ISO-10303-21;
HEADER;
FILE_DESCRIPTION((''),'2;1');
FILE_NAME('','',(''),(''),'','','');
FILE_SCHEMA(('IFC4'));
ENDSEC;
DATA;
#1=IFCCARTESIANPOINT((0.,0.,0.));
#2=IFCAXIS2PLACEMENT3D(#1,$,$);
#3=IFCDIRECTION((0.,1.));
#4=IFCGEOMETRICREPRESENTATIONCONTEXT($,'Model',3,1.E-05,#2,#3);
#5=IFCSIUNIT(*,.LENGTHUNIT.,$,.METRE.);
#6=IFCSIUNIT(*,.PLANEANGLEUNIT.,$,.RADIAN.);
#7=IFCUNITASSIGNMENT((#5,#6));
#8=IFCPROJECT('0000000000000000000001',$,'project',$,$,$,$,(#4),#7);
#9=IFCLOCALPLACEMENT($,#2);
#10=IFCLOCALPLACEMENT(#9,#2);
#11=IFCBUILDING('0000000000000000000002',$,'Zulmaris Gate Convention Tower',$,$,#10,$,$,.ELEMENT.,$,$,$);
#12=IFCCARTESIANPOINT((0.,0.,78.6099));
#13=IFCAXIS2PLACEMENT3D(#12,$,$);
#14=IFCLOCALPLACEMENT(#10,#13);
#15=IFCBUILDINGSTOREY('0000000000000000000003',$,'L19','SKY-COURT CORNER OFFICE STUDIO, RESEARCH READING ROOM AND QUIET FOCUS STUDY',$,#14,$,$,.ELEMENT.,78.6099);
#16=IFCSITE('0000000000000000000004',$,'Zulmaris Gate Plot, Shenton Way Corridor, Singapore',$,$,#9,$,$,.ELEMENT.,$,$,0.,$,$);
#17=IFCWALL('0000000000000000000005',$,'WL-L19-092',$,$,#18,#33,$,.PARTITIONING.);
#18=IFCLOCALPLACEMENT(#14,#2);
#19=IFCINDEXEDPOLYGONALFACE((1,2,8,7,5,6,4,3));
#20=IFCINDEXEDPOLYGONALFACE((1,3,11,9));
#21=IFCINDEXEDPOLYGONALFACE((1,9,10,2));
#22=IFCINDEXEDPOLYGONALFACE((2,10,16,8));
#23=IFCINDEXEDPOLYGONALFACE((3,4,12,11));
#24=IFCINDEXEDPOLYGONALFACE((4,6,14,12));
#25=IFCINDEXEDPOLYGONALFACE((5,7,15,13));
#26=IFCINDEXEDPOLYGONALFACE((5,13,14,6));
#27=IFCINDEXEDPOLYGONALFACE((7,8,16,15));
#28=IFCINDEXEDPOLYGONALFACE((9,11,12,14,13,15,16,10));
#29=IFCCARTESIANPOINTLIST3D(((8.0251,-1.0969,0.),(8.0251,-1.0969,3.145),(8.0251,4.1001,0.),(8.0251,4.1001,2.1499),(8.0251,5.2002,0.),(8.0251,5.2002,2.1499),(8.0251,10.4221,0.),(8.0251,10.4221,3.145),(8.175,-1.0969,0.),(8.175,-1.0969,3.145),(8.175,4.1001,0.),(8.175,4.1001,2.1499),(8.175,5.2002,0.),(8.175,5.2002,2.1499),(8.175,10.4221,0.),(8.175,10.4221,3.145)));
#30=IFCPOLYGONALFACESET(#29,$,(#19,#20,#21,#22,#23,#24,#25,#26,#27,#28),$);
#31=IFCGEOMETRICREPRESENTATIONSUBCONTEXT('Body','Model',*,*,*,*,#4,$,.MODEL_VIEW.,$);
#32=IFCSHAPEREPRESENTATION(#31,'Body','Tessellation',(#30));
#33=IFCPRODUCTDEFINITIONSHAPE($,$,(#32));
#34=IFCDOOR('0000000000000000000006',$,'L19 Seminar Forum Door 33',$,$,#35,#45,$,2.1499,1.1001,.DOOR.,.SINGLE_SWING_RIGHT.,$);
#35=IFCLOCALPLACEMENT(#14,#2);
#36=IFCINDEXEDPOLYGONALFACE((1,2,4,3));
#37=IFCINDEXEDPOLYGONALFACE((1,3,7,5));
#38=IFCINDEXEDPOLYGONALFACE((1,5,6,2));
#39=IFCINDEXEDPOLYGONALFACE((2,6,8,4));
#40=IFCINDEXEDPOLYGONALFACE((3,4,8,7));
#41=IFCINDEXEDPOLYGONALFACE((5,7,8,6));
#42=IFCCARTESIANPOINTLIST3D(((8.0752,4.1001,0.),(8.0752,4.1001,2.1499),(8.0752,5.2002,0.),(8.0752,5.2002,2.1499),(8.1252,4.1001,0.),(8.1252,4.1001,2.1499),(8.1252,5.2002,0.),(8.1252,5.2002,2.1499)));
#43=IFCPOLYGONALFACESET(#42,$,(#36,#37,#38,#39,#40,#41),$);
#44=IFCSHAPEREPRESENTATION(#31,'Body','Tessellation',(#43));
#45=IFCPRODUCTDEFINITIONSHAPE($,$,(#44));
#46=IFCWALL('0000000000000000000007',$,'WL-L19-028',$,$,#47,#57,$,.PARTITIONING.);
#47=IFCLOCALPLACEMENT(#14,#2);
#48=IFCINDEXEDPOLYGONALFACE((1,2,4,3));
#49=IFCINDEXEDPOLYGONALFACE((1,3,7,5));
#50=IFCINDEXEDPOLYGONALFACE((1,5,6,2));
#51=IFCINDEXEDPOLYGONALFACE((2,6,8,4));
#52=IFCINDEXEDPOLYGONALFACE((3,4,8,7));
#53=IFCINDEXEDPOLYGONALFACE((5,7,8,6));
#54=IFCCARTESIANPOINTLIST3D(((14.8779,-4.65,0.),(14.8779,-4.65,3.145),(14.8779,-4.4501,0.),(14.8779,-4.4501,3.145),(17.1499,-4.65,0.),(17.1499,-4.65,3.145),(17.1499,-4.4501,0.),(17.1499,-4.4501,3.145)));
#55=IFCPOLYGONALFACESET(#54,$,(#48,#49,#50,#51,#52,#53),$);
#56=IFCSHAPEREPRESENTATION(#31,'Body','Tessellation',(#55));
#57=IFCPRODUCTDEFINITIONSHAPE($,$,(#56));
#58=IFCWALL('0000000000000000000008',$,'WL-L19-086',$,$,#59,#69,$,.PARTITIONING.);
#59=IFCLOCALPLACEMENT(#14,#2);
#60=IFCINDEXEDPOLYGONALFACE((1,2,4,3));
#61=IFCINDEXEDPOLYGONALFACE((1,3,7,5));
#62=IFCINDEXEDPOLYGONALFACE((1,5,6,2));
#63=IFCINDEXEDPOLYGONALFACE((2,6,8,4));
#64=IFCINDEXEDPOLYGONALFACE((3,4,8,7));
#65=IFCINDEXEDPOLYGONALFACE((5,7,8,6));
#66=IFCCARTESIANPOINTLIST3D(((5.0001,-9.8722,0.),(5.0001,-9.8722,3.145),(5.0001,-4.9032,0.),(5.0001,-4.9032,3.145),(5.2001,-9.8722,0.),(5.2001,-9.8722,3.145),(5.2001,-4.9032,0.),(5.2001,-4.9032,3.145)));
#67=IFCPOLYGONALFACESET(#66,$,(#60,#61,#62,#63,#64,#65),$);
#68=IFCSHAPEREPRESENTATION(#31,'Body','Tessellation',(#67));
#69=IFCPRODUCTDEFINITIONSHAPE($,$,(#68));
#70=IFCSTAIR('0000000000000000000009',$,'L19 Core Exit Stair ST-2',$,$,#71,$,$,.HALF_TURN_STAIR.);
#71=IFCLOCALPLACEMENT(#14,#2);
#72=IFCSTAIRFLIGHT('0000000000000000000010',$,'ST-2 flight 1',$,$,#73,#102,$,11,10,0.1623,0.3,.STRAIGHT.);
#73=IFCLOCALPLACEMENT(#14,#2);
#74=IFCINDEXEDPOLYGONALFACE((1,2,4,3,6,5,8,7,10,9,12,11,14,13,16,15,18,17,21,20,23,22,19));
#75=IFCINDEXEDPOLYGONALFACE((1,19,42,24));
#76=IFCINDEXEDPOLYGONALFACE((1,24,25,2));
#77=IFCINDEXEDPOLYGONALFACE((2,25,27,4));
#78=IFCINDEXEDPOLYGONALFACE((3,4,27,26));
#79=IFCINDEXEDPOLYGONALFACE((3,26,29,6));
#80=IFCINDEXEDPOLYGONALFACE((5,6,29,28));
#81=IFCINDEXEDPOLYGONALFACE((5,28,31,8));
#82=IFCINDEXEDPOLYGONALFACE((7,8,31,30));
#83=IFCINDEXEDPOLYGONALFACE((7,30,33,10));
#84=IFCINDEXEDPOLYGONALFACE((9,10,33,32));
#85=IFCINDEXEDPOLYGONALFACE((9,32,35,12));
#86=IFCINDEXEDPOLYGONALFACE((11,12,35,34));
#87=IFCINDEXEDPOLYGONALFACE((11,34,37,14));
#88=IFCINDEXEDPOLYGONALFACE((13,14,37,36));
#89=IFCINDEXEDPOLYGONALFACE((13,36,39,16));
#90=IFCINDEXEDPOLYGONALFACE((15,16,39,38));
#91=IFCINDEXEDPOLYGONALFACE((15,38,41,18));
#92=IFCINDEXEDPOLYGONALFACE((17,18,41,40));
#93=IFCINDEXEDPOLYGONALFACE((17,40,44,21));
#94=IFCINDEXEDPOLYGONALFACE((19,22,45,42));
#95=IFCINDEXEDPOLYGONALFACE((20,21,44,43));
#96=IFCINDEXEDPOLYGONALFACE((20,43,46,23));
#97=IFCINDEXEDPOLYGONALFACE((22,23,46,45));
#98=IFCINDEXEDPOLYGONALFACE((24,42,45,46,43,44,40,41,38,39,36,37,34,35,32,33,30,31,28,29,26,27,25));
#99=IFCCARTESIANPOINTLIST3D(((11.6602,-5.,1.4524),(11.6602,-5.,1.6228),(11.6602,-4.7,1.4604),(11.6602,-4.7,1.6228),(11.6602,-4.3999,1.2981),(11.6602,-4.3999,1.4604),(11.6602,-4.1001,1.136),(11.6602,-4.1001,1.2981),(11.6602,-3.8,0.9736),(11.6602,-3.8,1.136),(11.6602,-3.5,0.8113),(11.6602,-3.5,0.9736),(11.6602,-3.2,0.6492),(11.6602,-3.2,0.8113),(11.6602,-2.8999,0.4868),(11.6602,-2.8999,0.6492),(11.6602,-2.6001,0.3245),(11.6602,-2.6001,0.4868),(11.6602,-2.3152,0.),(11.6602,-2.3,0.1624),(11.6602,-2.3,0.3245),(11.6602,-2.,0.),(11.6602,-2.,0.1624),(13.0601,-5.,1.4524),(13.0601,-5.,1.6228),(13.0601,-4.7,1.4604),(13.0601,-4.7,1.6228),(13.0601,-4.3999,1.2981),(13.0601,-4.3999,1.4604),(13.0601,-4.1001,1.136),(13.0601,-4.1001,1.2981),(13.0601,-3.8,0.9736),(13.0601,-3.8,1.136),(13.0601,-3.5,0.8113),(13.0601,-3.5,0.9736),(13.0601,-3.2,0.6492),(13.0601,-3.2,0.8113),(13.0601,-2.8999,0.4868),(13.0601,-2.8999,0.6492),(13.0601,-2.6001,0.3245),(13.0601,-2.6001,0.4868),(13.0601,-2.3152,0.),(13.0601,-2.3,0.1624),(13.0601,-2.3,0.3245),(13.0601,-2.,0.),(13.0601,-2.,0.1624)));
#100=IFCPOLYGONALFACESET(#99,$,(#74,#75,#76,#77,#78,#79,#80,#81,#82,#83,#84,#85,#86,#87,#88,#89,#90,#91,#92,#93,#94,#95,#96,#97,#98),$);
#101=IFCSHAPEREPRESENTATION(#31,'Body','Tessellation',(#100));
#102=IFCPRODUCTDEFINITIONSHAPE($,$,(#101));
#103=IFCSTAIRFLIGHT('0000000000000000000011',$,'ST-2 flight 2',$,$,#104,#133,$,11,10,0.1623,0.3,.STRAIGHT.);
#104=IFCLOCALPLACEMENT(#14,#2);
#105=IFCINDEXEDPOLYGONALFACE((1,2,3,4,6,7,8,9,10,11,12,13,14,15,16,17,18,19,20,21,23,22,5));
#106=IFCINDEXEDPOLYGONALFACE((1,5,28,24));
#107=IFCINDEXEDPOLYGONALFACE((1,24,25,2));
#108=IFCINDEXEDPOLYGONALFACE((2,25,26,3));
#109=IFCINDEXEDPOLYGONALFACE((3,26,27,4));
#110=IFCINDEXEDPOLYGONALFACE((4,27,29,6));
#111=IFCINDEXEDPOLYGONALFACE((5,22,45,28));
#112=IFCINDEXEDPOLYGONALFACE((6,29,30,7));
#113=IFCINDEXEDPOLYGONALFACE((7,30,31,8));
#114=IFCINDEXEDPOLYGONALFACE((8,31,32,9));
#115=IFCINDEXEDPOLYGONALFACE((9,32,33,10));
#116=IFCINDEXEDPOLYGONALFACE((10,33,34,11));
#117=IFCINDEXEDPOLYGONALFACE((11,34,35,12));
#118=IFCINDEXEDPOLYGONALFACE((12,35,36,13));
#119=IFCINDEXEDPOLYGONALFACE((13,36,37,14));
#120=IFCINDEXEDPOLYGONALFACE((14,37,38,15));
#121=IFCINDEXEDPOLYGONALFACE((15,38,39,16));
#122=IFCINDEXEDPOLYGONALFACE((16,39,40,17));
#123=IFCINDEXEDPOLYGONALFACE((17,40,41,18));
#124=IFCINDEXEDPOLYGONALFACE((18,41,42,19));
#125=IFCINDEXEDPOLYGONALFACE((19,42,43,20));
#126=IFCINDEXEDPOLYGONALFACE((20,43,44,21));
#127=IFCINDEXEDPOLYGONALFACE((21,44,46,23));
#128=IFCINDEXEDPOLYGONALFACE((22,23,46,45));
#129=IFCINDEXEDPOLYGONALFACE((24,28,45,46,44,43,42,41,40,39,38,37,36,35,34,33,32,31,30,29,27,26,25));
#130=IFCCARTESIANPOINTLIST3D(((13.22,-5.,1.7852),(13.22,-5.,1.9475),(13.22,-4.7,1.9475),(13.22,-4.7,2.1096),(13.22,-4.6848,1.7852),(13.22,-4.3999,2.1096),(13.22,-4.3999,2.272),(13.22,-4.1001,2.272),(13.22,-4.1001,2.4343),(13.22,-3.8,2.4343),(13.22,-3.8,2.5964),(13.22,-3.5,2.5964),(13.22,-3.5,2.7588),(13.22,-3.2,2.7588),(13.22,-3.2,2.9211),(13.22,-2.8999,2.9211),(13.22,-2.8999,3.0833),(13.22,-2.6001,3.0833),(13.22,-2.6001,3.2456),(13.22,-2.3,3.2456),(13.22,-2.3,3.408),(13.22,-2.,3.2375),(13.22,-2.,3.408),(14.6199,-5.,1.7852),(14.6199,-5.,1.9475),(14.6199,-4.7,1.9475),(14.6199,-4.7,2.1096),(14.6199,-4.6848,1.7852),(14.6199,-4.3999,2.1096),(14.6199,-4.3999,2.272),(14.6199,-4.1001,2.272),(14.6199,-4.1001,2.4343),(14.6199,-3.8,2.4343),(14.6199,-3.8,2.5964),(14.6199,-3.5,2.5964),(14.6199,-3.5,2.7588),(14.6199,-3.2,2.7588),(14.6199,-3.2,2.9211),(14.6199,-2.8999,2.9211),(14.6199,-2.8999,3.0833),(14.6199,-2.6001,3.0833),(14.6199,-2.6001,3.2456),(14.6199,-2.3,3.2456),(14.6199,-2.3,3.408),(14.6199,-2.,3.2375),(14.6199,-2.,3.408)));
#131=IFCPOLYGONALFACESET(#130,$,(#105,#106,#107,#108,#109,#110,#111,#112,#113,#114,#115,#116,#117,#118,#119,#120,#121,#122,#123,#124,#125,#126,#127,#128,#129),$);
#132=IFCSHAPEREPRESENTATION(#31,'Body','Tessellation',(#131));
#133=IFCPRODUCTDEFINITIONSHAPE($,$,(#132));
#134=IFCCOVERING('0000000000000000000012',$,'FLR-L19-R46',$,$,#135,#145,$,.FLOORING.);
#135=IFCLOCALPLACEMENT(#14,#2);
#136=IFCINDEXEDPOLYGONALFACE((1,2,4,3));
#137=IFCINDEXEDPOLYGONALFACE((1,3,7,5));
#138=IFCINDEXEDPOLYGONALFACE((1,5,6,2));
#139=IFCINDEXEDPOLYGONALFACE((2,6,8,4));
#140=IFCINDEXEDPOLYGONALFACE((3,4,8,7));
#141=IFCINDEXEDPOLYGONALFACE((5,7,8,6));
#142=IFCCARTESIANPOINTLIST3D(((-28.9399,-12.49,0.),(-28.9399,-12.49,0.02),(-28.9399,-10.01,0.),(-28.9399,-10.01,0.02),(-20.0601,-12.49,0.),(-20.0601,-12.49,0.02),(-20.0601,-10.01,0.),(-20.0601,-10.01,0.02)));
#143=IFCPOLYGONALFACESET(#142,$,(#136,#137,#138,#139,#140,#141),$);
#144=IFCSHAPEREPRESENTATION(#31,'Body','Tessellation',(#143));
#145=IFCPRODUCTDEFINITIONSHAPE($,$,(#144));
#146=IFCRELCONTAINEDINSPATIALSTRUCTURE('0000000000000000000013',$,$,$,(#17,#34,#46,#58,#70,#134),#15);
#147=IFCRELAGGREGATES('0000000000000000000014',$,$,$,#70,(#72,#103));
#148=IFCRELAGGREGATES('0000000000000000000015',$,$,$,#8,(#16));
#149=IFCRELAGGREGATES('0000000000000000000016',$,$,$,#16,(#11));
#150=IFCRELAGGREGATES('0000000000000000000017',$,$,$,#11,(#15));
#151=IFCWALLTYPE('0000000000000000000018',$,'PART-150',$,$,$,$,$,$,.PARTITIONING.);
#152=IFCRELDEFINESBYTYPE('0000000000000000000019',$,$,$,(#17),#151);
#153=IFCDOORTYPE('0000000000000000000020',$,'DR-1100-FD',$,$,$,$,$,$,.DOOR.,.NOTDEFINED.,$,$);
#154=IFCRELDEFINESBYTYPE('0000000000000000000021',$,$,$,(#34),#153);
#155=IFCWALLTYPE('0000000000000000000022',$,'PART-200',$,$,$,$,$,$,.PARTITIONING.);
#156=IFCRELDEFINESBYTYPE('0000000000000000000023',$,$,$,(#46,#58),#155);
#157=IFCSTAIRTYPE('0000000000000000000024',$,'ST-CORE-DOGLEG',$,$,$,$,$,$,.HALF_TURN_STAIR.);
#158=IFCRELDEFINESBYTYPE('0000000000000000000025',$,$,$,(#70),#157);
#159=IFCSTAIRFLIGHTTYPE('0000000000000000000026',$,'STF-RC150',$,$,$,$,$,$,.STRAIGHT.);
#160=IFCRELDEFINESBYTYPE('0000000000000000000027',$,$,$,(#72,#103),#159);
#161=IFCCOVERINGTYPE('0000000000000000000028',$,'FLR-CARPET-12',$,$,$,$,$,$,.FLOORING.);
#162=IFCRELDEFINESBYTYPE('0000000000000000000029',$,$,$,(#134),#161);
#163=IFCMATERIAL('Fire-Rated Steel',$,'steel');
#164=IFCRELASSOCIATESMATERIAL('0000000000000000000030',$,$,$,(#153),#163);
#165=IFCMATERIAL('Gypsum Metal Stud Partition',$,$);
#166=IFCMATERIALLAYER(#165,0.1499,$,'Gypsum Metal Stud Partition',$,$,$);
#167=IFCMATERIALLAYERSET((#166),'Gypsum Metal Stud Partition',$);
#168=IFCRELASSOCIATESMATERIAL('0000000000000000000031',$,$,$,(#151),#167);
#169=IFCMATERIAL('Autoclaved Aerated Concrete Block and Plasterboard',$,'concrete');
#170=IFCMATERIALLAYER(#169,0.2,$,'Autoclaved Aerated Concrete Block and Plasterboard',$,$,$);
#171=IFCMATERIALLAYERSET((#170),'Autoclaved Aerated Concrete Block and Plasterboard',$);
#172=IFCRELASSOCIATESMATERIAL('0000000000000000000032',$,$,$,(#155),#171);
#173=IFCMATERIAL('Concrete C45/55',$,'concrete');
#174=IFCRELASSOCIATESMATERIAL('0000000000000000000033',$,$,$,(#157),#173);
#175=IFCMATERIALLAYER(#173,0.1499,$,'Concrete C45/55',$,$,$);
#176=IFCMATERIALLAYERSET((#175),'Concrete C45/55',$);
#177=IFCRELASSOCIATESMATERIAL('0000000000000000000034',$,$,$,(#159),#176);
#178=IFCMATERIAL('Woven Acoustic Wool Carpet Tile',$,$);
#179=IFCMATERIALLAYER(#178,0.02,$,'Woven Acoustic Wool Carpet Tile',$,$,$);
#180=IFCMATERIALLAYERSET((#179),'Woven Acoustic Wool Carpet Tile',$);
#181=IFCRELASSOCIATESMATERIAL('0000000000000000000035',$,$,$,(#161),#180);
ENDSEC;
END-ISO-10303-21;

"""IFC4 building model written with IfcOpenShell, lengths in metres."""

from ifc_helpers import new_model, si_unit, direction, frame, frame_2d, origin, place, context, subcontext, project, spatial, polyline, rectangle, outline, extrude, material, layer, layer_set, type_object, element, fill, aggregate, save


model = new_model("IFC4")

# Units and contexts
model_context = context("Model", 3, precision=1e-05, world=origin(), true_north=direction((0.0, 1.0)))
body_context = subcontext(model_context, "Body", "Model", "MODEL_VIEW")
ifc_project = project(units=[si_unit("LENGTHUNIT", "METRE"), si_unit("PLANEANGLEUNIT", "RADIAN")], contexts=[model_context])

# Site, building, storey
site_placement = place(None, origin())
site = spatial("IfcSite", under=ifc_project, at=site_placement, Name="Zulmaris Gate Plot, Shenton Way Corridor, Singapore", CompositionType="ELEMENT", RefElevation=0.0)
building_placement = place(site_placement, origin())
building = spatial("IfcBuilding", under=site, at=building_placement, Name="Zulmaris Gate Convention Tower", CompositionType="ELEMENT")
storey_placement = place(building_placement, frame((0.0, 0.0, 78.6099)))
storey = spatial("IfcBuildingStorey", under=building, at=storey_placement, Name="L19", Description="SKY-COURT CORNER OFFICE STUDIO, RESEARCH READING ROOM AND QUIET FOCUS STUDY", CompositionType="ELEMENT", Elevation=78.6099)

# Shared definitions
ifc_material_1 = material(Name="Fire-Rated Steel", Category="steel")
door_type_1 = type_object("IfcDoorType", Name="DR-1100-FD", OperationType="NOTDEFINED", PredefinedType="DOOR", material=ifc_material_1)

# Shared definitions
ifc_material_2 = material(Name="Gypsum Metal Stud Partition")
ifc_layer_1 = layer(ifc_material_2, 0.1499, Name="Gypsum Metal Stud Partition")
ifc_layer_set_1 = layer_set([ifc_layer_1], Name="Gypsum Metal Stud Partition")
wall_type_1 = type_object("IfcWallType", Name="PART-150", PredefinedType="PARTITIONING", material=ifc_layer_set_1)

# Wall, opening, door
wall_1_placement = place(storey_placement, frame((8.1001, -1.0969, 0.0), z_axis=(0.0, 0.0, 1.0), x_axis=(0.0, 1.0, 0.0)))
wall_1 = element("IfcWall", 1, at=wall_1_placement, inside=storey, type_object=wall_type_1, Name="WL-L19-092", PredefinedType="PARTITIONING", context=body_context, shape_type="SweptSolid", body=[
    extrude(rectangle(XDim=11.519, YDim=0.1499, at=frame_2d((5.7595, 0.0))), origin(), (0.0, 0.0, 1.0), 3.145),
])
opening_1_placement = place(wall_1_placement, frame((5.197, 0.0, 0.0)))
opening_1 = element("IfcOpeningElement", 2, at=opening_1_placement, cuts=wall_1, PredefinedType="OPENING", context=body_context, shape_type="SweptSolid", body=[
    extrude(rectangle(XDim=1.1001, YDim=2.1499, at=frame_2d((0.55, 1.075))), frame((0.0, 0.085, 0.0), z_axis=(0.0, -1.0, 0.0), x_axis=(1.0, 0.0, 0.0)), (0.0, 0.0, 1.0), 0.1699),
])
door_1_placement = place(opening_1_placement, origin())
door_1 = element("IfcDoor", 3, at=door_1_placement, inside=storey, type_object=door_type_1, Name="L19 Seminar Forum Door 33", OperationType="SINGLE_SWING_RIGHT", OverallHeight=2.1499, OverallWidth=1.1001, PredefinedType="DOOR", context=body_context, shape_type="SweptSolid", body=[
    extrude(rectangle(XDim=1.1001, YDim=2.1499, at=frame_2d((0.55, 1.075))), frame((0.0, 0.0249, 0.0), z_axis=(0.0, -1.0, 0.0), x_axis=(1.0, 0.0, 0.0)), (0.0, 0.0, 1.0), 0.05),
])
fill(opening_1, door_1)

# Walls
ifc_material_3 = material(Name="Autoclaved Aerated Concrete Block and Plasterboard", Category="concrete")
ifc_layer_2 = layer(ifc_material_3, 0.2, Name="Autoclaved Aerated Concrete Block and Plasterboard")
ifc_layer_set_2 = layer_set([ifc_layer_2], Name="Autoclaved Aerated Concrete Block and Plasterboard")
wall_type_2 = type_object("IfcWallType", Name="PART-200", PredefinedType="PARTITIONING", material=ifc_layer_set_2)
wall_2_placement = place(storey_placement, frame((14.8779, -4.55, 0.0), z_axis=(0.0, 0.0, 1.0), x_axis=(1.0, 0.0, 0.0)))
element("IfcWall", 4, at=wall_2_placement, inside=storey, type_object=wall_type_2, Name="WL-L19-028", PredefinedType="PARTITIONING", context=body_context, shape_type="SweptSolid", body=[
    extrude(rectangle(XDim=2.272, YDim=0.2, at=frame_2d((1.136, 0.0))), origin(), (0.0, 0.0, 1.0), 3.145),
])
wall_3_placement = place(storey_placement, frame((5.1001, -9.8721, 0.0), z_axis=(0.0, 0.0, 1.0), x_axis=(0.0, 1.0, 0.0)))
element("IfcWall", 5, at=wall_3_placement, inside=storey, type_object=wall_type_2, Name="WL-L19-086", PredefinedType="PARTITIONING", context=body_context, shape_type="SweptSolid", body=[
    extrude(rectangle(XDim=4.969, YDim=0.2, at=frame_2d((2.4844, 0.0))), origin(), (0.0, 0.0, 1.0), 3.145),
])

# Stair, stair flights
ifc_material_4 = material(Name="Concrete C45/55", Category="concrete")
stair_type = type_object("IfcStairType", Name="ST-CORE-DOGLEG", PredefinedType="HALF_TURN_STAIR", material=ifc_material_4)
stair_placement = place(storey_placement, origin())
stair = element("IfcStair", 6, at=stair_placement, inside=storey, type_object=stair_type, Name="L19 Core Exit Stair ST-2", PredefinedType="HALF_TURN_STAIR")
ifc_layer_3 = layer(ifc_material_4, 0.1499, Name="Concrete C45/55")
ifc_layer_set_3 = layer_set([ifc_layer_3], Name="Concrete C45/55")
stair_flight_type = type_object("IfcStairFlightType", Name="STF-RC150", PredefinedType="STRAIGHT", material=ifc_layer_set_3)
stair_flight_1_placement = place(storey_placement, frame((12.3601, -2.0, 0.0), z_axis=(0.0, 0.0, 1.0), x_axis=(0.0, -1.0, 0.0)))
stair_flight_1 = element("IfcStairFlight", 7, at=stair_flight_1_placement, type_object=stair_flight_type, Name="ST-2 flight 1", NumberOfRisers=11, NumberOfTreads=10, PredefinedType="STRAIGHT", RiserHeight=0.1623, TreadLength=0.3, context=body_context, shape_type="SweptSolid", body=[
    extrude(outline(polyline([(0.0, 0.0), (0.0, 0.1624), (0.3, 0.1624), (0.3, 0.3245), (0.6001, 0.3245), (0.6001, 0.4868), (0.8999, 0.4868), (0.8999, 0.6492), (1.2, 0.6492), (1.2, 0.8113), (1.5, 0.8113), (1.5, 0.9736), (1.8, 0.9736), (1.8, 1.136), (2.1001, 1.136), (2.1001, 1.2981), (2.3999, 1.2981), (2.3999, 1.4604), (2.7, 1.4604), (2.7, 1.6228), (3.0, 1.6228), (3.0, 1.7849), (3.0, 1.4524), (0.3152, 0.0), (0.0, 0.0)])), frame((0.0, 0.7, 0.0), z_axis=(0.0, -1.0, 0.0), x_axis=(1.0, 0.0, 0.0)), (0.0, 0.0, 1.0), 1.3999),
])
stair_flight_2_placement = place(storey_placement, frame((13.9199, -5.0, 1.7852), z_axis=(0.0, 0.0, 1.0), x_axis=(0.0, 1.0, 0.0)))
stair_flight_2 = element("IfcStairFlight", 8, at=stair_flight_2_placement, type_object=stair_flight_type, Name="ST-2 flight 2", NumberOfRisers=11, NumberOfTreads=10, PredefinedType="STRAIGHT", RiserHeight=0.1623, TreadLength=0.3, context=body_context, shape_type="SweptSolid", body=[
    extrude(outline(polyline([(0.0, 0.0), (0.0, 0.1624), (0.3, 0.1624), (0.3, 0.3245), (0.6001, 0.3245), (0.6001, 0.4868), (0.8999, 0.4868), (0.8999, 0.6492), (1.2, 0.6492), (1.2, 0.8113), (1.5, 0.8113), (1.5, 0.9736), (1.8, 0.9736), (1.8, 1.136), (2.1001, 1.136), (2.1001, 1.2981), (2.3999, 1.2981), (2.3999, 1.4604), (2.7, 1.4604), (2.7, 1.6228), (3.0, 1.6228), (3.0, 1.7849), (3.0, 1.4524), (0.3152, 0.0), (0.0, 0.0)])), frame((0.0, 0.7, 0.0), z_axis=(0.0, -1.0, 0.0), x_axis=(1.0, 0.0, 0.0)), (0.0, 0.0, 1.0), 1.3999),
])
aggregate(stair, [stair_flight_1, stair_flight_2])

# Covering
ifc_material_5 = material(Name="Woven Acoustic Wool Carpet Tile")
ifc_layer_4 = layer(ifc_material_5, 0.02, Name="Woven Acoustic Wool Carpet Tile")
ifc_layer_set_4 = layer_set([ifc_layer_4], Name="Woven Acoustic Wool Carpet Tile")
covering_type = type_object("IfcCoveringType", Name="FLR-CARPET-12", PredefinedType="FLOORING", material=ifc_layer_set_4)
covering_placement = place(storey_placement, origin())
element("IfcCovering", 9, at=covering_placement, inside=storey, type_object=covering_type, Name="FLR-L19-R46", PredefinedType="FLOORING", context=body_context, shape_type="SweptSolid", body=[
    extrude(outline(polyline([(-28.9399, -12.49), (-20.0601, -12.49), (-20.0601, -10.01), (-28.9399, -10.01), (-28.9399, -12.49)])), origin(), (0.0, 0.0, 1.0), 0.02),
])

save(model, "model.ifc")
